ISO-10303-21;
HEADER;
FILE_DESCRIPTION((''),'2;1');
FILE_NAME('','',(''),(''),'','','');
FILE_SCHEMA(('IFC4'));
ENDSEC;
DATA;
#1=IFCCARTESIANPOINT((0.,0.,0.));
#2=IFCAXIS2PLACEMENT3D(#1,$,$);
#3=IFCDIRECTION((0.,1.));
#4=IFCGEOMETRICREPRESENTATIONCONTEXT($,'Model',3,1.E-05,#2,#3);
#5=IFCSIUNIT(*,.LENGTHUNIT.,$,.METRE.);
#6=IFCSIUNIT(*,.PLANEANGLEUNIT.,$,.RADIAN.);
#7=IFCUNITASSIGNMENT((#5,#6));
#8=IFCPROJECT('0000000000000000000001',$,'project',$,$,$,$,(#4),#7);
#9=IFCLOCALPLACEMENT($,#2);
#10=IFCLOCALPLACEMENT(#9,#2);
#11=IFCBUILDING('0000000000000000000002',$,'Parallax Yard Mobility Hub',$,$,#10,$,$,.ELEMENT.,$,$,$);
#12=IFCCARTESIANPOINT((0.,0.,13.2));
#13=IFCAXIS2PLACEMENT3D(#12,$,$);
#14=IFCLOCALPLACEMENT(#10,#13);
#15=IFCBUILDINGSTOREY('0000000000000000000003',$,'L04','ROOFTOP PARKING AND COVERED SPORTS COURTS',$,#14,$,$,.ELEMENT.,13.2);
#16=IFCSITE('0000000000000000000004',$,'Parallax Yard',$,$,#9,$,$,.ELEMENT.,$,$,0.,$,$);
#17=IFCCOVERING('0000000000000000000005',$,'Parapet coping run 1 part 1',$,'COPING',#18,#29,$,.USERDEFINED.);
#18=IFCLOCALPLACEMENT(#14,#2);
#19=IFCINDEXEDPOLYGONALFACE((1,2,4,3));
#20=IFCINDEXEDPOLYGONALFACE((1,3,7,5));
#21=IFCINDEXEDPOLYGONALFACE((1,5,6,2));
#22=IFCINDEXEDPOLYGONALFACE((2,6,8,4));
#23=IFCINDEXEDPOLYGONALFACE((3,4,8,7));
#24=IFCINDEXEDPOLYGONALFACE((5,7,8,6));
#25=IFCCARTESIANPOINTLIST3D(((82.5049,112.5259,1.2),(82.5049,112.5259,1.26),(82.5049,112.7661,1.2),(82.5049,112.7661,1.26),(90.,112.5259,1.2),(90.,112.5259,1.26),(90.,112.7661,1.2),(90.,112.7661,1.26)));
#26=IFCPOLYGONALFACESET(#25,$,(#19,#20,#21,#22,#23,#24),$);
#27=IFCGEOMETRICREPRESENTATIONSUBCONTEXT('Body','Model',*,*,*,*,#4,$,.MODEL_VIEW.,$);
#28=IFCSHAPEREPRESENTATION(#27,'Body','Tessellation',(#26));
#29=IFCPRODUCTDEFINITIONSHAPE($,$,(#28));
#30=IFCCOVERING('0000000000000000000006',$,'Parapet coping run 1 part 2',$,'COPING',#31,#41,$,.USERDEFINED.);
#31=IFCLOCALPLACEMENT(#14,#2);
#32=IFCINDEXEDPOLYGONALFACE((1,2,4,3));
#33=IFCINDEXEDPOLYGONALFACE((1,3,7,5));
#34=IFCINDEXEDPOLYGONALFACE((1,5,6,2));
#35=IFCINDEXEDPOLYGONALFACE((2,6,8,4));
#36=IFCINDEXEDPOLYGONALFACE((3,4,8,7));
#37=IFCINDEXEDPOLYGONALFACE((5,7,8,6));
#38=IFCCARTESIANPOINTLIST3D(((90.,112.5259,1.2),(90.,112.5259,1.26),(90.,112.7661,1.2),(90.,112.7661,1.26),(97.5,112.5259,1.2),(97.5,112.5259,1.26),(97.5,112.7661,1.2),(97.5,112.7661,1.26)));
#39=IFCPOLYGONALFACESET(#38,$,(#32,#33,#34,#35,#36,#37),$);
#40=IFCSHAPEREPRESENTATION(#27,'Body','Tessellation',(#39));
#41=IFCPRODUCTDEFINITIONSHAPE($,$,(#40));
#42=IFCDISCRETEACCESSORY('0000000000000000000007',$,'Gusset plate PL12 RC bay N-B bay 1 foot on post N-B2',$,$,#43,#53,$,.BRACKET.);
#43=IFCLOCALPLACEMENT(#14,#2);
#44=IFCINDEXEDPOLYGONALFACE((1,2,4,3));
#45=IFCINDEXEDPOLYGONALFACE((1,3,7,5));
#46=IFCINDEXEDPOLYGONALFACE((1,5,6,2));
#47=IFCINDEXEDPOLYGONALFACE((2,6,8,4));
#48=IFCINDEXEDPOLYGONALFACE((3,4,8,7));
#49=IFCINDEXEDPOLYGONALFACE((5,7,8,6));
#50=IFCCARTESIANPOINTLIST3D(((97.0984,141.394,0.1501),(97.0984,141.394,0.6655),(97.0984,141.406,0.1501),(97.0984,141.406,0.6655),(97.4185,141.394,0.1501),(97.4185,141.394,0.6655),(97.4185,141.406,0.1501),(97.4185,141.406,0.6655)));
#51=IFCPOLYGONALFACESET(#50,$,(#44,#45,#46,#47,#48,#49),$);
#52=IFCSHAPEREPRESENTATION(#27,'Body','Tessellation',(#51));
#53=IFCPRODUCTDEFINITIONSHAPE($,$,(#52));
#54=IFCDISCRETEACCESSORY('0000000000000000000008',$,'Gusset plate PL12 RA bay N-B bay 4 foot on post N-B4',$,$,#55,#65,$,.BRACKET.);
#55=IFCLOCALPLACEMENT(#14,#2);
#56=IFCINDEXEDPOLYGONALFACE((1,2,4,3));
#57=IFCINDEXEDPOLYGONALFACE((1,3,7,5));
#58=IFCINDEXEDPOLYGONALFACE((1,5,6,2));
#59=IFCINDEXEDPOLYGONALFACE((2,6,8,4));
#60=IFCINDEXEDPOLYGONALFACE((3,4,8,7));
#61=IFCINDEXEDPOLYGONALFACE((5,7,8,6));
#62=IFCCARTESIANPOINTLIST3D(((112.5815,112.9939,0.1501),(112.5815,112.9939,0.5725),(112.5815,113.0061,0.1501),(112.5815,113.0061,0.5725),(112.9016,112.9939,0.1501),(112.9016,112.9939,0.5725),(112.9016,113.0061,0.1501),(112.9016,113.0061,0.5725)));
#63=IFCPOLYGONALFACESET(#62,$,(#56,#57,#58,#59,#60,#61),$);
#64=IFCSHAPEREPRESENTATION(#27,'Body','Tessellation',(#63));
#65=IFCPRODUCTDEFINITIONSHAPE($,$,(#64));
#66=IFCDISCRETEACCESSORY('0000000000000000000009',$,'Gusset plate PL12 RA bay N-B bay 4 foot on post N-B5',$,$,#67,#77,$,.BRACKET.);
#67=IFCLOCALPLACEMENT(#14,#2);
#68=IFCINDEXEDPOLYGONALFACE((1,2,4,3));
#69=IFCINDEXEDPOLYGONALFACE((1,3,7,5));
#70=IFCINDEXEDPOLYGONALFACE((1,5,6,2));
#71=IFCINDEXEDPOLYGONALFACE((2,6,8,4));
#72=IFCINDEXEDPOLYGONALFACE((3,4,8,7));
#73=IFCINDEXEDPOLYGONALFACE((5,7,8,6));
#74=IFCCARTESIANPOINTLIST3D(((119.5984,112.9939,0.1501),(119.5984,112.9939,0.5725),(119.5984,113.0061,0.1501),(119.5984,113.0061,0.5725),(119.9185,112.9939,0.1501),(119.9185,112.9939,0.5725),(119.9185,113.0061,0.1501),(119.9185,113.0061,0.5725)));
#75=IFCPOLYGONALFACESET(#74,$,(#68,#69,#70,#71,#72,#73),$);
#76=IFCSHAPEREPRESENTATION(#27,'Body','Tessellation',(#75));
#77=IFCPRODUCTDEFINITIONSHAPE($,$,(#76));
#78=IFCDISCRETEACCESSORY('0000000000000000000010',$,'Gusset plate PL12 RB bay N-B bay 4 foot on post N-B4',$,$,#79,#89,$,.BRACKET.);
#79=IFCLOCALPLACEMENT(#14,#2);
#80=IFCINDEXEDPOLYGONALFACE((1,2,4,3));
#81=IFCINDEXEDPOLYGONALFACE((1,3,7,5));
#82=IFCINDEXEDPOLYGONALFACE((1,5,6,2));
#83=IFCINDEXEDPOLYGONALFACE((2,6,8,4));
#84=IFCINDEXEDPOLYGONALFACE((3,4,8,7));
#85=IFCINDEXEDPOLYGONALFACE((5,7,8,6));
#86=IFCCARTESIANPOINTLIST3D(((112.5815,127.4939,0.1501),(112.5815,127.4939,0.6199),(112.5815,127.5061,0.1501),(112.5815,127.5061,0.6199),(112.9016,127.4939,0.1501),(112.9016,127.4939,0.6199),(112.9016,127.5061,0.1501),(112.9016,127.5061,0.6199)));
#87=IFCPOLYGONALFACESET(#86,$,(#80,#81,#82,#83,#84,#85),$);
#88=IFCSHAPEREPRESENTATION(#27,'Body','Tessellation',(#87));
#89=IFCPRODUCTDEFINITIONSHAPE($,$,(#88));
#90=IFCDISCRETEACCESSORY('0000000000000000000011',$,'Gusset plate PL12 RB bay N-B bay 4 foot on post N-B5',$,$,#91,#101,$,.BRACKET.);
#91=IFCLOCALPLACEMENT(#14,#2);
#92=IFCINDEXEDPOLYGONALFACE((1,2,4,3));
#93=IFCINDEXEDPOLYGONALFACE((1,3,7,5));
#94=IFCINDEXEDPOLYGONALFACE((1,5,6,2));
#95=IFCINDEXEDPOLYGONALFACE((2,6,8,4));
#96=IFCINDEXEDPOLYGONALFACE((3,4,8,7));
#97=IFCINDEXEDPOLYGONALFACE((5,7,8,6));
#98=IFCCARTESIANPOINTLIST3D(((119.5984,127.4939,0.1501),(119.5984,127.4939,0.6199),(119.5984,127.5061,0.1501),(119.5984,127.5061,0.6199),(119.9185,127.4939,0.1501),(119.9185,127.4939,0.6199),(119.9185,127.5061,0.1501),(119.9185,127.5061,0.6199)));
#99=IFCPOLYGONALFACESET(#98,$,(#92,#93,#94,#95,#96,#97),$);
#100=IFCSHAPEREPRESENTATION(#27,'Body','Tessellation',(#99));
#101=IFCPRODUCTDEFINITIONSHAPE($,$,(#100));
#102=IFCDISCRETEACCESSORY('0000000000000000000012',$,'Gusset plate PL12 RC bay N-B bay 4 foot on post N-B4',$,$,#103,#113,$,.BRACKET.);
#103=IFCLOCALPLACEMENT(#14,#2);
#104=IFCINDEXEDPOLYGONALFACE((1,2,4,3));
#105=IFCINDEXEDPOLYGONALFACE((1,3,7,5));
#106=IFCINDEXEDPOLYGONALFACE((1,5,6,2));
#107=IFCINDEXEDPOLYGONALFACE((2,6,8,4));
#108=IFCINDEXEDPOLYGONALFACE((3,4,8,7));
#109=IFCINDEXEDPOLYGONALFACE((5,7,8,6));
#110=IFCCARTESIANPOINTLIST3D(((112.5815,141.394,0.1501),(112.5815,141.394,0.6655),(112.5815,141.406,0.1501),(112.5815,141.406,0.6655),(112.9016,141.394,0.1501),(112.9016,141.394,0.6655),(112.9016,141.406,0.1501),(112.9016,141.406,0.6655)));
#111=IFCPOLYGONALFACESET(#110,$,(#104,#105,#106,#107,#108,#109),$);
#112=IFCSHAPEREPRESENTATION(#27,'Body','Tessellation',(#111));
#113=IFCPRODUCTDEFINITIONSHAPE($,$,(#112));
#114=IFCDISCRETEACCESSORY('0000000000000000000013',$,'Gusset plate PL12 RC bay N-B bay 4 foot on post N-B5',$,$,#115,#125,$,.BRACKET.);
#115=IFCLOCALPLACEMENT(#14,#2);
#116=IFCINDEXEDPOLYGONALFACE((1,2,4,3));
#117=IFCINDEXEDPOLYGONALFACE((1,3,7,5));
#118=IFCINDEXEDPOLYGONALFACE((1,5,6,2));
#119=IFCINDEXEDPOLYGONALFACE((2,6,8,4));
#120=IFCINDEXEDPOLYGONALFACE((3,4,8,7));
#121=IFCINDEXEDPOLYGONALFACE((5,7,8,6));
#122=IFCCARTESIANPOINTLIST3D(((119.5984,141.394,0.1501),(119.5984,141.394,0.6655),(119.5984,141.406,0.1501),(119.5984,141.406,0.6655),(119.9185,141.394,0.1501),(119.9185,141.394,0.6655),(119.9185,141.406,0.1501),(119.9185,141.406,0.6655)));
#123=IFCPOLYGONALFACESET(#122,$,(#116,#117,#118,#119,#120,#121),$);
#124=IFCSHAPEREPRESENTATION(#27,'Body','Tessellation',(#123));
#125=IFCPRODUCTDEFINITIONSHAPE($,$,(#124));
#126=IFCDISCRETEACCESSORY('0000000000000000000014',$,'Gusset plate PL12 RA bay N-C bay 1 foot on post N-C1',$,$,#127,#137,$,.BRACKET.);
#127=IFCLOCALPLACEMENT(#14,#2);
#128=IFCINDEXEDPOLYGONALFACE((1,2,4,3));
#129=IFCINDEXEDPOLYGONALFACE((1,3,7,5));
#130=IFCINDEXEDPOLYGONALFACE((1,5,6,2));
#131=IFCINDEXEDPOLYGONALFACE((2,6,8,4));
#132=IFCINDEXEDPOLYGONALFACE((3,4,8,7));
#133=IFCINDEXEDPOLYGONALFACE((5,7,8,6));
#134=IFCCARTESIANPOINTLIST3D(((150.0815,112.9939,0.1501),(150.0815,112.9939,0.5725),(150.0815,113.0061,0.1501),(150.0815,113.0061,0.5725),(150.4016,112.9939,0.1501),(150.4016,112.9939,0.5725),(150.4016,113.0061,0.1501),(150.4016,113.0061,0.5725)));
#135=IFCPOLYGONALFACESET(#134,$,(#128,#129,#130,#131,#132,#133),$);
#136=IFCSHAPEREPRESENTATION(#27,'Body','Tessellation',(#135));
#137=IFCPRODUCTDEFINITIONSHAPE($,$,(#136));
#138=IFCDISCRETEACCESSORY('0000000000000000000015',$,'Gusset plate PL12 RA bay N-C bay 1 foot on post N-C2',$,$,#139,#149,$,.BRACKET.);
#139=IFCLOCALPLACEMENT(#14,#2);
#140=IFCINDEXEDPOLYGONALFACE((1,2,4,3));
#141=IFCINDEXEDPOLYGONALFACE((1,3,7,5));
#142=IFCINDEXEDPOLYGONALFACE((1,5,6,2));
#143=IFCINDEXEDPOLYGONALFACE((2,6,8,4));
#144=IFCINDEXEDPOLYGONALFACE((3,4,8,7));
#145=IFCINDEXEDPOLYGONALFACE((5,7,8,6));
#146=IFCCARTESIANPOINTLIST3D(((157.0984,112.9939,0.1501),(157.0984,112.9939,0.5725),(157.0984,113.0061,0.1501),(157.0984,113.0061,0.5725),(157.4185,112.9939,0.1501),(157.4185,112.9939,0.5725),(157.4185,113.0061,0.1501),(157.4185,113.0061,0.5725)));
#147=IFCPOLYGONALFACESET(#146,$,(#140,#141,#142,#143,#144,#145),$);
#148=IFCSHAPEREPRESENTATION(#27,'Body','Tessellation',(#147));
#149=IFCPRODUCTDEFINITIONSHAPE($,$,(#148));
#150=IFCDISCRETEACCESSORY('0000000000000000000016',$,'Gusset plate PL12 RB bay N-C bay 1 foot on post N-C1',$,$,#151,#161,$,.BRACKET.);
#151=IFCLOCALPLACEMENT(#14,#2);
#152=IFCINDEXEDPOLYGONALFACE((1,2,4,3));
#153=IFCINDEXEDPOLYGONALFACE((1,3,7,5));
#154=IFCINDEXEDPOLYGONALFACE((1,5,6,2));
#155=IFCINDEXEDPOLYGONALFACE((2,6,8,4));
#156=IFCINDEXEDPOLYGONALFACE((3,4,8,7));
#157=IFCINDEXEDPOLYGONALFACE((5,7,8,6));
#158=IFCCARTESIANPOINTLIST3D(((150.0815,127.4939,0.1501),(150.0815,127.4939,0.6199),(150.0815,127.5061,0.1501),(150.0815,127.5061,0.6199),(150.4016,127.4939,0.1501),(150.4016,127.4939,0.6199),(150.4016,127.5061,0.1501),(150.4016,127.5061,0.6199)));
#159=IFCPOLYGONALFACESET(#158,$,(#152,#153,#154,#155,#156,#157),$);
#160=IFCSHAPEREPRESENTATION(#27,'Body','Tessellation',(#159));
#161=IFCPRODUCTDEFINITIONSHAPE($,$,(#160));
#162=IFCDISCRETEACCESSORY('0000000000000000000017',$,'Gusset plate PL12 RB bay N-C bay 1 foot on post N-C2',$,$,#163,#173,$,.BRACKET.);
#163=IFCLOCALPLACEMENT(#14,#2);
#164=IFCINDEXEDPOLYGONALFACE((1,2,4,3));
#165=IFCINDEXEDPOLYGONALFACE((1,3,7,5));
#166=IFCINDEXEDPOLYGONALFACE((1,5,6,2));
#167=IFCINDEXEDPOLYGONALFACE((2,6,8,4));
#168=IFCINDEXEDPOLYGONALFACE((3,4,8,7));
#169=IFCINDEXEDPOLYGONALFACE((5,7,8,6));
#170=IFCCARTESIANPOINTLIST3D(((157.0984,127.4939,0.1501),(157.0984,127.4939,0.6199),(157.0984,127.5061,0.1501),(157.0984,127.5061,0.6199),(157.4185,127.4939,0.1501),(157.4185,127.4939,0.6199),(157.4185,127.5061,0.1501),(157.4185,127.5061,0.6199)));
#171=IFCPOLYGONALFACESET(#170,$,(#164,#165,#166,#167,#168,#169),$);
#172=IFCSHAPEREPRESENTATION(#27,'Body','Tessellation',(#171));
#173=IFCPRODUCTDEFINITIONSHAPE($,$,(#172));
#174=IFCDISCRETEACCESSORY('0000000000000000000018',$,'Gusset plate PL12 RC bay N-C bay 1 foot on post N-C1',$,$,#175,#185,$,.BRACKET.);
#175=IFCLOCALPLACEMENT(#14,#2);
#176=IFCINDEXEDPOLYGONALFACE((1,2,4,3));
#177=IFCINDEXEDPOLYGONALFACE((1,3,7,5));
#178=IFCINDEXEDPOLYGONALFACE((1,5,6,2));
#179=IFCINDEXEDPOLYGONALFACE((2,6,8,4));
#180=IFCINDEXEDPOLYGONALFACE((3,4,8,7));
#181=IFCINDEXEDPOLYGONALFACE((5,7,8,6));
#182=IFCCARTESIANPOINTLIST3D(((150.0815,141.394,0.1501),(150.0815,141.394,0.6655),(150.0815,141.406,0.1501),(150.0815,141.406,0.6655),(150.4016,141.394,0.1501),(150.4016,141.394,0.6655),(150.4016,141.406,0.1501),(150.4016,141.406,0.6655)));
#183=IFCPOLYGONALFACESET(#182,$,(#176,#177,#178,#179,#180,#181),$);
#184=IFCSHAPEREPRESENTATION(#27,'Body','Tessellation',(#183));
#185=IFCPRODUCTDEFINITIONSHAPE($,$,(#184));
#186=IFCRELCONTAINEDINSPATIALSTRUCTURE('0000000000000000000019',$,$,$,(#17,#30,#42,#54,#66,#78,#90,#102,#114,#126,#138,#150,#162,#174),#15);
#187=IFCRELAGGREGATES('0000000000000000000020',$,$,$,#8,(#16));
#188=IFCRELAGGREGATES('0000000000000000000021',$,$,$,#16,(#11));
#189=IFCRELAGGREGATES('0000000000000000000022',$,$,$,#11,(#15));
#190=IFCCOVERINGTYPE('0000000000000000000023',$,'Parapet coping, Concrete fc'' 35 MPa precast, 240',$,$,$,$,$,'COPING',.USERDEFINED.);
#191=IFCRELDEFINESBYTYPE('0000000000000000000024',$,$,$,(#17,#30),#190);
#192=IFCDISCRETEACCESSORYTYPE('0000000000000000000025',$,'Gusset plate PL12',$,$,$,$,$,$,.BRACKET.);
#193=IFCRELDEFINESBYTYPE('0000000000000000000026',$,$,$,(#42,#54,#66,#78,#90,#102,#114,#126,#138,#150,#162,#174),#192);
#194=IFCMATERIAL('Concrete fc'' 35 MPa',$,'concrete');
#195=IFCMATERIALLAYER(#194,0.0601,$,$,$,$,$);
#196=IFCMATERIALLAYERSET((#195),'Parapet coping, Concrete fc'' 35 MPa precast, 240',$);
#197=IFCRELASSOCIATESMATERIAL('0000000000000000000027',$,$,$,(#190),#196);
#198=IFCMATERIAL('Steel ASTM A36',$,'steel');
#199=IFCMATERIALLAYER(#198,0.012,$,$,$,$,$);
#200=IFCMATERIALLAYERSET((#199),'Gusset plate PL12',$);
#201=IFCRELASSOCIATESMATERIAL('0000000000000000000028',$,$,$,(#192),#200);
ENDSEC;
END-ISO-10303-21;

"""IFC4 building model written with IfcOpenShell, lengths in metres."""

from ifc_helpers import new_model, si_unit, direction, frame, origin, place, context, subcontext, project, spatial, polyline, outline, extrude, material, layer, layer_set, type_object, element, save


model = new_model("IFC4")

# Units and contexts
model_context = context("Model", 3, precision=1e-05, world=origin(), true_north=direction((0.0, 1.0)))
body_context = subcontext(model_context, "Body", "Model", "MODEL_VIEW")
ifc_project = project(units=[si_unit("LENGTHUNIT", "METRE"), si_unit("PLANEANGLEUNIT", "RADIAN")], contexts=[model_context])

# Site, building, storey
site_placement = place(None, origin())
site = spatial("IfcSite", under=ifc_project, at=site_placement, Name="Parallax Yard", CompositionType="ELEMENT", RefElevation=0.0)
building_placement = place(site_placement, origin())
building = spatial("IfcBuilding", under=site, at=building_placement, Name="Parallax Yard Mobility Hub", CompositionType="ELEMENT")
storey_placement = place(building_placement, frame((0.0, 0.0, 13.2)))
storey = spatial("IfcBuildingStorey", under=building, at=storey_placement, Name="L04", Description="ROOFTOP PARKING AND COVERED SPORTS COURTS", CompositionType="ELEMENT", Elevation=13.2)

# Coverings
ifc_material_1 = material(Name="Concrete fc' 35 MPa", Category="concrete")
ifc_layer_1 = layer(ifc_material_1, 0.0601)
ifc_layer_set_1 = layer_set([ifc_layer_1], Name="Parapet coping, Concrete fc' 35 MPa precast, 240")
covering_type = type_object("IfcCoveringType", Name="Parapet coping, Concrete fc' 35 MPa precast, 240", ElementType="COPING", PredefinedType="USERDEFINED", material=ifc_layer_set_1)
covering_1_placement = place(storey_placement, frame((0.0, 0.0, 1.2)))
element("IfcCovering", 1, at=covering_1_placement, inside=storey, type_object=covering_type, Name="Parapet coping run 1 part 1", ObjectType="COPING", PredefinedType="USERDEFINED", context=body_context, shape_type="SweptSolid", body=[
    extrude(outline(polyline([(82.5049, 112.7661), (82.5049, 112.5259), (90.0, 112.5259), (90.0, 112.7661), (82.5049, 112.7661)])), origin(), (0.0, 0.0, 1.0), 0.0601),
])
covering_2_placement = place(storey_placement, frame((0.0, 0.0, 1.2)))
element("IfcCovering", 2, at=covering_2_placement, inside=storey, type_object=covering_type, Name="Parapet coping run 1 part 2", ObjectType="COPING", PredefinedType="USERDEFINED", context=body_context, shape_type="SweptSolid", body=[
    extrude(outline(polyline([(90.0, 112.7661), (90.0, 112.5259), (97.5, 112.5259), (97.5, 112.7661), (90.0, 112.7661)])), origin(), (0.0, 0.0, 1.0), 0.0601),
])

# Discrete accessories
ifc_material_2 = material(Name="Steel ASTM A36", Category="steel")
ifc_layer_2 = layer(ifc_material_2, 0.012)
ifc_layer_set_2 = layer_set([ifc_layer_2], Name="Gusset plate PL12")
discrete_accessory_type = type_object("IfcDiscreteAccessoryType", Name="Gusset plate PL12", PredefinedType="BRACKET", material=ifc_layer_set_2)
discrete_accessory_1_placement = place(storey_placement, frame((0.0, 0.0, 0.1501)))
element("IfcDiscreteAccessory", 3, at=discrete_accessory_1_placement, inside=storey, type_object=discrete_accessory_type, Name="Gusset plate PL12 RC bay N-B bay 1 foot on post N-B2", PredefinedType="BRACKET", context=body_context, shape_type="SweptSolid", body=[
    extrude(outline(polyline([(97.4185, 141.406), (97.0984, 141.406), (97.0984, 141.394), (97.4185, 141.394), (97.4185, 141.406)])), origin(), (0.0, 0.0, 1.0), 0.5154),
])
discrete_accessory_2_placement = place(storey_placement, frame((0.0, 0.0, 0.1501)))
element("IfcDiscreteAccessory", 4, at=discrete_accessory_2_placement, inside=storey, type_object=discrete_accessory_type, Name="Gusset plate PL12 RA bay N-B bay 4 foot on post N-B4", PredefinedType="BRACKET", context=body_context, shape_type="SweptSolid", body=[
    extrude(outline(polyline([(112.5815, 112.9939), (112.9016, 112.9939), (112.9016, 113.0061), (112.5815, 113.0061), (112.5815, 112.9939)])), origin(), (0.0, 0.0, 1.0), 0.4224),
])
discrete_accessory_3_placement = place(storey_placement, frame((0.0, 0.0, 0.1501)))
element("IfcDiscreteAccessory", 5, at=discrete_accessory_3_placement, inside=storey, type_object=discrete_accessory_type, Name="Gusset plate PL12 RA bay N-B bay 4 foot on post N-B5", PredefinedType="BRACKET", context=body_context, shape_type="SweptSolid", body=[
    extrude(outline(polyline([(119.9185, 113.0061), (119.5984, 113.0061), (119.5984, 112.9939), (119.9185, 112.9939), (119.9185, 113.0061)])), origin(), (0.0, 0.0, 1.0), 0.4224),
])
discrete_accessory_4_placement = place(storey_placement, frame((0.0, 0.0, 0.1501)))
element("IfcDiscreteAccessory", 6, at=discrete_accessory_4_placement, inside=storey, type_object=discrete_accessory_type, Name="Gusset plate PL12 RB bay N-B bay 4 foot on post N-B4", PredefinedType="BRACKET", context=body_context, shape_type="SweptSolid", body=[
    extrude(outline(polyline([(112.5815, 127.4939), (112.9016, 127.4939), (112.9016, 127.5061), (112.5815, 127.5061), (112.5815, 127.4939)])), origin(), (0.0, 0.0, 1.0), 0.4697),
])
discrete_accessory_5_placement = place(storey_placement, frame((0.0, 0.0, 0.1501)))
element("IfcDiscreteAccessory", 7, at=discrete_accessory_5_placement, inside=storey, type_object=discrete_accessory_type, Name="Gusset plate PL12 RB bay N-B bay 4 foot on post N-B5", PredefinedType="BRACKET", context=body_context, shape_type="SweptSolid", body=[
    extrude(outline(polyline([(119.9185, 127.5061), (119.5984, 127.5061), (119.5984, 127.4939), (119.9185, 127.4939), (119.9185, 127.5061)])), origin(), (0.0, 0.0, 1.0), 0.4697),
])
discrete_accessory_6_placement = place(storey_placement, frame((0.0, 0.0, 0.1501)))
element("IfcDiscreteAccessory", 8, at=discrete_accessory_6_placement, inside=storey, type_object=discrete_accessory_type, Name="Gusset plate PL12 RC bay N-B bay 4 foot on post N-B4", PredefinedType="BRACKET", context=body_context, shape_type="SweptSolid", body=[
    extrude(outline(polyline([(112.5815, 141.394), (112.9016, 141.394), (112.9016, 141.406), (112.5815, 141.406), (112.5815, 141.394)])), origin(), (0.0, 0.0, 1.0), 0.5154),
])
discrete_accessory_7_placement = place(storey_placement, frame((0.0, 0.0, 0.1501)))
element("IfcDiscreteAccessory", 9, at=discrete_accessory_7_placement, inside=storey, type_object=discrete_accessory_type, Name="Gusset plate PL12 RC bay N-B bay 4 foot on post N-B5", PredefinedType="BRACKET", context=body_context, shape_type="SweptSolid", body=[
    extrude(outline(polyline([(119.9185, 141.406), (119.5984, 141.406), (119.5984, 141.394), (119.9185, 141.394), (119.9185, 141.406)])), origin(), (0.0, 0.0, 1.0), 0.5154),
])
discrete_accessory_8_placement = place(storey_placement, frame((0.0, 0.0, 0.1501)))
element("IfcDiscreteAccessory", 10, at=discrete_accessory_8_placement, inside=storey, type_object=discrete_accessory_type, Name="Gusset plate PL12 RA bay N-C bay 1 foot on post N-C1", PredefinedType="BRACKET", context=body_context, shape_type="SweptSolid", body=[
    extrude(outline(polyline([(150.0815, 112.9939), (150.4016, 112.9939), (150.4016, 113.0061), (150.0815, 113.0061), (150.0815, 112.9939)])), origin(), (0.0, 0.0, 1.0), 0.4224),
])
discrete_accessory_9_placement = place(storey_placement, frame((0.0, 0.0, 0.1501)))
element("IfcDiscreteAccessory", 11, at=discrete_accessory_9_placement, inside=storey, type_object=discrete_accessory_type, Name="Gusset plate PL12 RA bay N-C bay 1 foot on post N-C2", PredefinedType="BRACKET", context=body_context, shape_type="SweptSolid", body=[
    extrude(outline(polyline([(157.4185, 113.0061), (157.0984, 113.0061), (157.0984, 112.9939), (157.4185, 112.9939), (157.4185, 113.0061)])), origin(), (0.0, 0.0, 1.0), 0.4224),
])
discrete_accessory_10_placement = place(storey_placement, frame((0.0, 0.0, 0.1501)))
element("IfcDiscreteAccessory", 12, at=discrete_accessory_10_placement, inside=storey, type_object=discrete_accessory_type, Name="Gusset plate PL12 RB bay N-C bay 1 foot on post N-C1", PredefinedType="BRACKET", context=body_context, shape_type="SweptSolid", body=[
    extrude(outline(polyline([(150.0815, 127.4939), (150.4016, 127.4939), (150.4016, 127.5061), (150.0815, 127.5061), (150.0815, 127.4939)])), origin(), (0.0, 0.0, 1.0), 0.4697),
])
discrete_accessory_11_placement = place(storey_placement, frame((0.0, 0.0, 0.1501)))
element("IfcDiscreteAccessory", 13, at=discrete_accessory_11_placement, inside=storey, type_object=discrete_accessory_type, Name="Gusset plate PL12 RB bay N-C bay 1 foot on post N-C2", PredefinedType="BRACKET", context=body_context, shape_type="SweptSolid", body=[
    extrude(outline(polyline([(157.4185, 127.5061), (157.0984, 127.5061), (157.0984, 127.4939), (157.4185, 127.4939), (157.4185, 127.5061)])), origin(), (0.0, 0.0, 1.0), 0.4697),
])
discrete_accessory_12_placement = place(storey_placement, frame((0.0, 0.0, 0.1501)))
element("IfcDiscreteAccessory", 14, at=discrete_accessory_12_placement, inside=storey, type_object=discrete_accessory_type, Name="Gusset plate PL12 RC bay N-C bay 1 foot on post N-C1", PredefinedType="BRACKET", context=body_context, shape_type="SweptSolid", body=[
    extrude(outline(polyline([(150.0815, 141.394), (150.4016, 141.394), (150.4016, 141.406), (150.0815, 141.406), (150.0815, 141.394)])), origin(), (0.0, 0.0, 1.0), 0.5154),
])

save(model, "model.ifc")
